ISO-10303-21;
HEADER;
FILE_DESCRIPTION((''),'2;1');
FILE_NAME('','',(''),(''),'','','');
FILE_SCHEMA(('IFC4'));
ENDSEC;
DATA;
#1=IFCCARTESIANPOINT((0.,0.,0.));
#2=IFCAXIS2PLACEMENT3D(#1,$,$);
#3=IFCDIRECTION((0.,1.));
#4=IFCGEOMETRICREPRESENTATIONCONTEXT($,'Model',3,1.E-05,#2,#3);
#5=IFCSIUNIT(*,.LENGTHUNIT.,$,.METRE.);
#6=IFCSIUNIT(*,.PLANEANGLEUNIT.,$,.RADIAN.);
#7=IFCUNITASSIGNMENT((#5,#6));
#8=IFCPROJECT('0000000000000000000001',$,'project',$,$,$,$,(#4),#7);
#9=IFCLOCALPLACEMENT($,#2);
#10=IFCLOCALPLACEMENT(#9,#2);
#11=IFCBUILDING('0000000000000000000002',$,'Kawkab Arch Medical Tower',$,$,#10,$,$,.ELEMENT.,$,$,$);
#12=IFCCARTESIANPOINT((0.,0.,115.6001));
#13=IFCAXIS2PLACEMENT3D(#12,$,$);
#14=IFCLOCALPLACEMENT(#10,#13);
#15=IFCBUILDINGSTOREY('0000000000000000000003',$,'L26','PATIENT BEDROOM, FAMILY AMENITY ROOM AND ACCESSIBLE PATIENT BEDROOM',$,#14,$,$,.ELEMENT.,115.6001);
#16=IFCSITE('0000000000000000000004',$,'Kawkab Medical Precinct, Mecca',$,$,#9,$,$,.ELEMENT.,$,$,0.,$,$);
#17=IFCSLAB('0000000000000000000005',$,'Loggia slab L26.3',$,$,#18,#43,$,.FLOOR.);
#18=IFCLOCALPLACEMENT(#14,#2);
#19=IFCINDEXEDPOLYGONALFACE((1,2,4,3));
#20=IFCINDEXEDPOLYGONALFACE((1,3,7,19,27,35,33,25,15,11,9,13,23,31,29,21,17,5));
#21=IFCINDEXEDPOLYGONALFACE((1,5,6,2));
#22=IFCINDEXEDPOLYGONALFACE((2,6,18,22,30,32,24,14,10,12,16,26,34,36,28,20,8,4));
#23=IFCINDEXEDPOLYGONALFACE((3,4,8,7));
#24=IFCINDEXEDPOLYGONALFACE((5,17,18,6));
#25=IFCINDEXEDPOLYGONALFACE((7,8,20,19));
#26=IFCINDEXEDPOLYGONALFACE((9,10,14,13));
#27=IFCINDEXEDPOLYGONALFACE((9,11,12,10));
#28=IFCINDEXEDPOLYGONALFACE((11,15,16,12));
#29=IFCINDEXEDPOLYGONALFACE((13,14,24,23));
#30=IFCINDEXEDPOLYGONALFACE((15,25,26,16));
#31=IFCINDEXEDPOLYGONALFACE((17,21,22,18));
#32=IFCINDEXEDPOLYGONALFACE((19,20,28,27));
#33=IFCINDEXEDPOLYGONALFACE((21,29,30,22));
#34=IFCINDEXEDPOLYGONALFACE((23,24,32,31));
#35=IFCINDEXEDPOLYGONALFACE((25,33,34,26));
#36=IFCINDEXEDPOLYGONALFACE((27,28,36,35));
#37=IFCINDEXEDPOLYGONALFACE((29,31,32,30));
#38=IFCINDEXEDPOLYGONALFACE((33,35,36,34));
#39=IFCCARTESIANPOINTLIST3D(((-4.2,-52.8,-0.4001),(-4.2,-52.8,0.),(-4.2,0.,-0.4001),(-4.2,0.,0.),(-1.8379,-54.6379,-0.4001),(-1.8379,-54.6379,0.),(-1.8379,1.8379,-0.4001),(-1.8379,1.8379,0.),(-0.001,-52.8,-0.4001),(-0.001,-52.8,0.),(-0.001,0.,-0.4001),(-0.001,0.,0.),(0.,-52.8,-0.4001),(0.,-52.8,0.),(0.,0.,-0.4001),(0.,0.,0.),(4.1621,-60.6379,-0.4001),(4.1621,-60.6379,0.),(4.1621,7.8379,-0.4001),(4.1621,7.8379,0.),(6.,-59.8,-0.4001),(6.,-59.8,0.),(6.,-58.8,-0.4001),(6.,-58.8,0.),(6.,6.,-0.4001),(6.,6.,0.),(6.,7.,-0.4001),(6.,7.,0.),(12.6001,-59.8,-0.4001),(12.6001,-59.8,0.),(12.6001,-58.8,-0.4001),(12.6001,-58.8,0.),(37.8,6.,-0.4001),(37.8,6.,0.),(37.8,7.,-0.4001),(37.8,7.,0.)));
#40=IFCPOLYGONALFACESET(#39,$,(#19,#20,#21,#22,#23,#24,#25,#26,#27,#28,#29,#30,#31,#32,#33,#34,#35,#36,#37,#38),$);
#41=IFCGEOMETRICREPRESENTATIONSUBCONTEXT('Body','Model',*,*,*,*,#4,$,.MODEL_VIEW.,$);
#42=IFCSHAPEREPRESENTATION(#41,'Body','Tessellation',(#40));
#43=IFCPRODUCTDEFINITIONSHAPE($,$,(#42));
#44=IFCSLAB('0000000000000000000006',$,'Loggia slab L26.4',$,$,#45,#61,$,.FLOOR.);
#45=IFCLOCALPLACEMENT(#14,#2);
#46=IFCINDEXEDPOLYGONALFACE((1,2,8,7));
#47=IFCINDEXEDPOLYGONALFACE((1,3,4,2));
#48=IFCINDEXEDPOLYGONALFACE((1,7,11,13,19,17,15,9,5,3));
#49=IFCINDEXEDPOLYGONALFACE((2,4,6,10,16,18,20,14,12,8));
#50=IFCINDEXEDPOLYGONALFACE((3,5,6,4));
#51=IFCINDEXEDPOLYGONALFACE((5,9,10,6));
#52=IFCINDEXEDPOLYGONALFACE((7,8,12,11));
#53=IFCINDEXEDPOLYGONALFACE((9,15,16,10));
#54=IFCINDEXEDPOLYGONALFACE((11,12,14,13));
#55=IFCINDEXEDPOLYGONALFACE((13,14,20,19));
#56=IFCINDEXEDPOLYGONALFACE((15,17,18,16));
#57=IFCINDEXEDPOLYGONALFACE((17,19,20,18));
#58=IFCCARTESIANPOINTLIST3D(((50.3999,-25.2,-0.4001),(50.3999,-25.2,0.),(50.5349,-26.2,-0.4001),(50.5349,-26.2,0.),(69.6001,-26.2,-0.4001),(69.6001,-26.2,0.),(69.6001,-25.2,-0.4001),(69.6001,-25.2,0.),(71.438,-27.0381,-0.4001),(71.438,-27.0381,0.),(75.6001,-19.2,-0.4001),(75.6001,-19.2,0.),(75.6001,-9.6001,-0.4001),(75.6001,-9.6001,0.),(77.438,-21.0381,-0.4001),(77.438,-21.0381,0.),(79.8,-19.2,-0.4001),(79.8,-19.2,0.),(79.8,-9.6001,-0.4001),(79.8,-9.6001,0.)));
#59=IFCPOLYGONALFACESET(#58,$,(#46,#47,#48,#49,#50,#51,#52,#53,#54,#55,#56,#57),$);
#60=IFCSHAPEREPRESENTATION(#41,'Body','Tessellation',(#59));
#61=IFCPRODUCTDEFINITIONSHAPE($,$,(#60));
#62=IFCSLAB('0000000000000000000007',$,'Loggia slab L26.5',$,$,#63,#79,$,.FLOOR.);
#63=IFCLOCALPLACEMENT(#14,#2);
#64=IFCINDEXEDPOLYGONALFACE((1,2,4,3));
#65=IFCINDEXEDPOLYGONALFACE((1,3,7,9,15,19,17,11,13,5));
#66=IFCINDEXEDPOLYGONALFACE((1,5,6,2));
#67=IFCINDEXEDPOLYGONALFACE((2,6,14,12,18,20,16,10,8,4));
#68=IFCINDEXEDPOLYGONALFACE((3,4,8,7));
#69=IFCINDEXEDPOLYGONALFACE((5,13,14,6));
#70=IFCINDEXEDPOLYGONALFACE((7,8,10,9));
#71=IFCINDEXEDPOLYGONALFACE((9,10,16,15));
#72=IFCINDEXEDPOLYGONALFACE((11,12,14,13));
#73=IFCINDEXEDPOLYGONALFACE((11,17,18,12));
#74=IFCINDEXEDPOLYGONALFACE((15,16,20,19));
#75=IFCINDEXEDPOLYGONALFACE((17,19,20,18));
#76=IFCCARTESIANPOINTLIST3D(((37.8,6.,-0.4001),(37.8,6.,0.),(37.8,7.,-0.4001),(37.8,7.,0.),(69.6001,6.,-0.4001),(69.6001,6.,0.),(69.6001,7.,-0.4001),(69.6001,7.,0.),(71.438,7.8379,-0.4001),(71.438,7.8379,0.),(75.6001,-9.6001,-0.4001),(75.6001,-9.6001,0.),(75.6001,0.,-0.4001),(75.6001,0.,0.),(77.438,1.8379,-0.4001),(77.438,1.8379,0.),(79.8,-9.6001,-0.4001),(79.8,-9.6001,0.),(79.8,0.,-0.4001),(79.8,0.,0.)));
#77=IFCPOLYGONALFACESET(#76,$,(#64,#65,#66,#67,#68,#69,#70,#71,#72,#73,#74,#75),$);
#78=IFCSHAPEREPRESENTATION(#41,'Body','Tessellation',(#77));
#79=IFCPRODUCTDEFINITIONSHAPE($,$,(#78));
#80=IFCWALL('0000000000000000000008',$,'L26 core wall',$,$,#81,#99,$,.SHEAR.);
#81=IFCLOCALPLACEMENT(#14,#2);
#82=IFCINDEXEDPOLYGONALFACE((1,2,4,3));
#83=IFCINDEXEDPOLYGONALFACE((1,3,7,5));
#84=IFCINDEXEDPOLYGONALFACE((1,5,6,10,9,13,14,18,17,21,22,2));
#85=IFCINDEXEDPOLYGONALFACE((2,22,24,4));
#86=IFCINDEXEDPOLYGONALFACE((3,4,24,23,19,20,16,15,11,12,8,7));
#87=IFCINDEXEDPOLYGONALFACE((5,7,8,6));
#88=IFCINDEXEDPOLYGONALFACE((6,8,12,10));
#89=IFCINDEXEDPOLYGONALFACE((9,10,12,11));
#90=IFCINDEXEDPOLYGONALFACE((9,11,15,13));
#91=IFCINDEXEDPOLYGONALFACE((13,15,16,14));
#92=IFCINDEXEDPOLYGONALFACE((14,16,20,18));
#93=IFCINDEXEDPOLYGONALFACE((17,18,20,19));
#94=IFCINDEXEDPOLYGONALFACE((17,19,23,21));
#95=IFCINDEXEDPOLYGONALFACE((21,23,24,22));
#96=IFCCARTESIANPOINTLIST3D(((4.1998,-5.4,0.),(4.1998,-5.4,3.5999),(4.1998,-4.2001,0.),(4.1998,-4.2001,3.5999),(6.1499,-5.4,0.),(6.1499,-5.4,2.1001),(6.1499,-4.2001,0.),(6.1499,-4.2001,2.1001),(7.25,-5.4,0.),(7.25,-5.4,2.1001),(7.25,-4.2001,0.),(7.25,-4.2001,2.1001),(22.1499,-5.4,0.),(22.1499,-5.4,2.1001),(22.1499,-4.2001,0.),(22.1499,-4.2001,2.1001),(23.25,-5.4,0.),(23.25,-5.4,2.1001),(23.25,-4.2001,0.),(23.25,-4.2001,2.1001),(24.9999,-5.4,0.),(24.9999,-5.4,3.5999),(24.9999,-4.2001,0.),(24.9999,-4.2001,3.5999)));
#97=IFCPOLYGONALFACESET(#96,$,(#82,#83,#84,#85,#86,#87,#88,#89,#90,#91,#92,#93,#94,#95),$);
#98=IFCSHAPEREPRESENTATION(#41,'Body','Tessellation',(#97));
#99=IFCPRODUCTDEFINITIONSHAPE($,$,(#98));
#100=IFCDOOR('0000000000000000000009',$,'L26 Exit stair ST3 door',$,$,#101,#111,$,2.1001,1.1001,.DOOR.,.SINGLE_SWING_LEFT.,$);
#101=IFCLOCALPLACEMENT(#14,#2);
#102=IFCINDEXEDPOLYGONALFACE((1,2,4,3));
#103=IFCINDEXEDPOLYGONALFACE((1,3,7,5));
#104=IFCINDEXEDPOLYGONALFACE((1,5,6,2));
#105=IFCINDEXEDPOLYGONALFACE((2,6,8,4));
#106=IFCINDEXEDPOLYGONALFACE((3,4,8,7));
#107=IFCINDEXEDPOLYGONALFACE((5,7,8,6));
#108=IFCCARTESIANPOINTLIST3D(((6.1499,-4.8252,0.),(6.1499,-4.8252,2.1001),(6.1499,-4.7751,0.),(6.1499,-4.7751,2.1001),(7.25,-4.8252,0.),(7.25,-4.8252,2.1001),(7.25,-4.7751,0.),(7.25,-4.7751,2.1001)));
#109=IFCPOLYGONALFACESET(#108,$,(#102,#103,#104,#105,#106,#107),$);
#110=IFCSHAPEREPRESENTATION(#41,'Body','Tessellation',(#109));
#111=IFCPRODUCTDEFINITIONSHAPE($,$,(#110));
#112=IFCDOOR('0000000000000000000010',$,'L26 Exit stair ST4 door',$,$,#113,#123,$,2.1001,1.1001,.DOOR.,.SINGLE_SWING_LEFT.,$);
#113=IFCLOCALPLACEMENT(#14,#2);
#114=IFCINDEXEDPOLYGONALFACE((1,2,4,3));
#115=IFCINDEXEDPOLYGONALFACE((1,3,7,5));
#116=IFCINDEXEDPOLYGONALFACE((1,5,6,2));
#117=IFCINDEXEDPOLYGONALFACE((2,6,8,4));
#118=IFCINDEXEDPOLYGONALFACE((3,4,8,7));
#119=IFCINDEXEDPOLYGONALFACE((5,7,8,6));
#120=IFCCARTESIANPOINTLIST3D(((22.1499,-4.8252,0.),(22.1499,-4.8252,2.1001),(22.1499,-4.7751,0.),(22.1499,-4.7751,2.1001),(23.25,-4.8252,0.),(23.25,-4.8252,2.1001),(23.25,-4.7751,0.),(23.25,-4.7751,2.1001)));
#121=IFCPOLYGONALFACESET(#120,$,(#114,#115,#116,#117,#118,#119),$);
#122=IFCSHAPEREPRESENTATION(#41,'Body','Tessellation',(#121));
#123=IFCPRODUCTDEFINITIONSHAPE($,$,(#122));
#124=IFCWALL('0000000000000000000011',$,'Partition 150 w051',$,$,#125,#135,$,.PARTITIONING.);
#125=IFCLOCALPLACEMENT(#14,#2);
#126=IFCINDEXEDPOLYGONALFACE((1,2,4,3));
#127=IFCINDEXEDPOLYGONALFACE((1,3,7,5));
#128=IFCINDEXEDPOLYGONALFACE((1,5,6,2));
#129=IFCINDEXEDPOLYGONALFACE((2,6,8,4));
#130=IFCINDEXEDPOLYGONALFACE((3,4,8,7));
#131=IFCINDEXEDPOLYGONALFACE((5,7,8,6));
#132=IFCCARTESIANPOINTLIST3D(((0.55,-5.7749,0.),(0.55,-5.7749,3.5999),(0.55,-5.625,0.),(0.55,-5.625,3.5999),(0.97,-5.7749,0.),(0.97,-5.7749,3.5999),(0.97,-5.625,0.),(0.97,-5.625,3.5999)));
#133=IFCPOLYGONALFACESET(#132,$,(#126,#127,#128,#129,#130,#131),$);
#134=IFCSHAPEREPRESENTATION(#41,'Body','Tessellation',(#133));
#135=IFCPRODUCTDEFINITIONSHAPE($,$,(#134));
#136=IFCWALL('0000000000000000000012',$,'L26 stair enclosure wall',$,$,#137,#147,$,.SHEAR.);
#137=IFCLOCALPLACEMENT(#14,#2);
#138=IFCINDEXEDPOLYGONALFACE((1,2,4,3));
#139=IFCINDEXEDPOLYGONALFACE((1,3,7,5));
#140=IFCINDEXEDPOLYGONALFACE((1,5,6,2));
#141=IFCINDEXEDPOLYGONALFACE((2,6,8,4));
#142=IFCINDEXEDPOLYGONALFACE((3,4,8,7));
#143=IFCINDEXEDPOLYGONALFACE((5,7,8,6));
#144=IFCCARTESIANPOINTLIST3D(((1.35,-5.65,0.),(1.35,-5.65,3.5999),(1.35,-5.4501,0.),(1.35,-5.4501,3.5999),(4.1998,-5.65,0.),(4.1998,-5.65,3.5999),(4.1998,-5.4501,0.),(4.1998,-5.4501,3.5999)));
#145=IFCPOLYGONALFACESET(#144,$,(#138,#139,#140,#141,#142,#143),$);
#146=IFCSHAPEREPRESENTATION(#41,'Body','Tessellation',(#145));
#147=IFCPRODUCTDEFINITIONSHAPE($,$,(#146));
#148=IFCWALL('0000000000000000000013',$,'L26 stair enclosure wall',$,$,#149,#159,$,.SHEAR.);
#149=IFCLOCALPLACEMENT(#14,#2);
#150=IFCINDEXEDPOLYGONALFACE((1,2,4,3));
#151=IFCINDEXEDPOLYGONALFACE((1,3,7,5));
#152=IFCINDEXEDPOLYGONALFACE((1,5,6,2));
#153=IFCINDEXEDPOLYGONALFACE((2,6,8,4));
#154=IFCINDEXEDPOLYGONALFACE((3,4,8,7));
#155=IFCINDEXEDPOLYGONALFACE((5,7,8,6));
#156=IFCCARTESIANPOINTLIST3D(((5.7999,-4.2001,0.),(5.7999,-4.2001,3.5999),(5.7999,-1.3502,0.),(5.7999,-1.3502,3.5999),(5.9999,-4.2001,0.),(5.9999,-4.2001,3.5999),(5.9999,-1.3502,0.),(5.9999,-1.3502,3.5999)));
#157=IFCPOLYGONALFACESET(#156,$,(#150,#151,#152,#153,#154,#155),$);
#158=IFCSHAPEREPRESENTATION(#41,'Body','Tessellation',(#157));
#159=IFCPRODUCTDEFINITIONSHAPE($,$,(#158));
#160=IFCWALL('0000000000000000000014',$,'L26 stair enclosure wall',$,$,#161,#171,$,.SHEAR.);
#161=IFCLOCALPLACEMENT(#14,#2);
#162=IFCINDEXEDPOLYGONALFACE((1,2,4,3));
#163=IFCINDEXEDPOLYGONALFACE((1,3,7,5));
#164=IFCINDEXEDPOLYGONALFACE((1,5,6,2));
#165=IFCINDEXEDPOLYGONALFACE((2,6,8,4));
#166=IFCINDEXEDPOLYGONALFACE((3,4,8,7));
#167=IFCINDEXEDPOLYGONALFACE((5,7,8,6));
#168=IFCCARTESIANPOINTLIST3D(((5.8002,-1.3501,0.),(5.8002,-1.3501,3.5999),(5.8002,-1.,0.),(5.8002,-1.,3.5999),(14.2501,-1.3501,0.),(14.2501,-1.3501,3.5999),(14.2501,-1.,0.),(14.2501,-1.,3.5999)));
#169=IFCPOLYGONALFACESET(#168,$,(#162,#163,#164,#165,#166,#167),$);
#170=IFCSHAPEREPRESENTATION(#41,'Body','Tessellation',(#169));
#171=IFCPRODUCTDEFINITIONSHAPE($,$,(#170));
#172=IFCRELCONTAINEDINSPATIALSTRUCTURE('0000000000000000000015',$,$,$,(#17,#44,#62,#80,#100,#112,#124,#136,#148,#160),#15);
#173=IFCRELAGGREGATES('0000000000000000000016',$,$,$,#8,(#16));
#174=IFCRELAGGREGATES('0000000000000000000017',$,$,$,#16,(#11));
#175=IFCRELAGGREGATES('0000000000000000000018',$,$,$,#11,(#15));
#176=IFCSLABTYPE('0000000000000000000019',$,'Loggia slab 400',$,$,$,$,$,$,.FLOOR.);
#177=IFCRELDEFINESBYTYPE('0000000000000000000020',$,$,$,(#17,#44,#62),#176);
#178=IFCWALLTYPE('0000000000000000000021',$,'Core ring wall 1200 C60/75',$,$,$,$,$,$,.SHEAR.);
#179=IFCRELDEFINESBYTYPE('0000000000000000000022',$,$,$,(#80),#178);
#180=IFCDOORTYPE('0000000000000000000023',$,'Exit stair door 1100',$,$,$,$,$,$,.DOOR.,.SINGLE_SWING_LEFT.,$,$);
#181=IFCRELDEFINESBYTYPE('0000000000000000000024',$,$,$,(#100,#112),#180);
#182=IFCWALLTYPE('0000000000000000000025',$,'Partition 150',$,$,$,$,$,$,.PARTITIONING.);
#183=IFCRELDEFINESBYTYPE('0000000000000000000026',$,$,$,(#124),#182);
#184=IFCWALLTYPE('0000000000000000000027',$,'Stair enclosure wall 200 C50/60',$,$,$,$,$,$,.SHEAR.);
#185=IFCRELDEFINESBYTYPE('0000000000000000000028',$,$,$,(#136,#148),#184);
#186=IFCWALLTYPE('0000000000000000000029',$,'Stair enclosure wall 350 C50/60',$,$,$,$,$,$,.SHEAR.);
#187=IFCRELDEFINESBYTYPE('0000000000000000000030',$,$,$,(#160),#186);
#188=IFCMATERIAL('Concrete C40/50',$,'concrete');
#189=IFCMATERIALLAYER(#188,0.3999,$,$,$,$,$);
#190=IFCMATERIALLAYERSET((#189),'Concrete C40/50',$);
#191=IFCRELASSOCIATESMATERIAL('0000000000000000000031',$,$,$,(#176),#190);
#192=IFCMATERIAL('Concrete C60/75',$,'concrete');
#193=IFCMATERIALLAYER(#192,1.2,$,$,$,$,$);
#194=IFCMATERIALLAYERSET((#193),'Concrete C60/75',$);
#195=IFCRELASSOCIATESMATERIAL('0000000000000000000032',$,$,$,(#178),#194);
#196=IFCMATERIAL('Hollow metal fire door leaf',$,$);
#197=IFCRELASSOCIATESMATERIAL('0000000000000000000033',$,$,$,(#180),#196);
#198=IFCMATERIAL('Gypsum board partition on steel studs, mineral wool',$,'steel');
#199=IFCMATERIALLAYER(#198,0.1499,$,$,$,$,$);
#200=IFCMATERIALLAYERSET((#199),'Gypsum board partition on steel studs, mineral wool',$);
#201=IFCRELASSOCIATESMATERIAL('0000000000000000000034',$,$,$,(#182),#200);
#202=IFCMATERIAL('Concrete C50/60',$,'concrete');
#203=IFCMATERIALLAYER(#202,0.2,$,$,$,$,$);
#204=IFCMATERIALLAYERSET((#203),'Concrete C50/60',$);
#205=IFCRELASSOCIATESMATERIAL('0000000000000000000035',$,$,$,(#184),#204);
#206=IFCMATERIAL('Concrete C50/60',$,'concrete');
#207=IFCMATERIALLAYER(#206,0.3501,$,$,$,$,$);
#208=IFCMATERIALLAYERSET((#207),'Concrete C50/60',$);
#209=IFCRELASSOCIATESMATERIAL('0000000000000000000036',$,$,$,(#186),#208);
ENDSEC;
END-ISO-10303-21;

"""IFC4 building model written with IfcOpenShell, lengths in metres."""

from ifc_helpers import new_model, si_unit, direction, frame, frame_2d, origin, place, context, subcontext, project, spatial, polyline, rectangle, outline, extrude, material, layer, layer_set, type_object, element, fill, save


model = new_model("IFC4")

# Units and contexts
model_context = context("Model", 3, precision=1e-05, world=origin(), true_north=direction((0.0, 1.0)))
body_context = subcontext(model_context, "Body", "Model", "MODEL_VIEW")
ifc_project = project(units=[si_unit("LENGTHUNIT", "METRE"), si_unit("PLANEANGLEUNIT", "RADIAN")], contexts=[model_context])

# Site, building, storey
site_placement = place(None, origin())
site = spatial("IfcSite", under=ifc_project, at=site_placement, Name="Kawkab Medical Precinct, Mecca", CompositionType="ELEMENT", RefElevation=0.0)
building_placement = place(site_placement, origin())
building = spatial("IfcBuilding", under=site, at=building_placement, Name="Kawkab Arch Medical Tower", CompositionType="ELEMENT")
storey_placement = place(building_placement, frame((0.0, 0.0, 115.6001)))
storey = spatial("IfcBuildingStorey", under=building, at=storey_placement, Name="L26", Description="PATIENT BEDROOM, FAMILY AMENITY ROOM AND ACCESSIBLE PATIENT BEDROOM", CompositionType="ELEMENT", Elevation=115.6001)

# Slabs
ifc_material_1 = material(Name="Concrete C40/50", Category="concrete")
ifc_layer_1 = layer(ifc_material_1, 0.3999)
ifc_layer_set_1 = layer_set([ifc_layer_1], Name="Concrete C40/50")
slab_type_1 = type_object("IfcSlabType", Name="Loggia slab 400", PredefinedType="FLOOR", material=ifc_layer_set_1)
placement_1 = place(storey_placement, frame((0.0, 0.0, -0.4001)))
element("IfcSlab", 1, at=placement_1, inside=storey, type_object=slab_type_1, Name="Loggia slab L26.3", PredefinedType="FLOOR", context=body_context, shape_type="SweptSolid", body=[
    extrude(outline(polyline([(-4.2, 0.0), (-1.8379, 1.8379), (4.1621, 7.8379), (6.0, 7.0), (37.8, 7.0), (37.8, 6.0), (6.0, 6.0), (0.0, 0.0), (-0.001, 0.0), (-0.001, -52.8), (0.0, -52.8), (6.0, -58.8), (12.6001, -58.8), (12.6001, -59.8), (6.0, -59.8), (4.1621, -60.6379), (-1.8379, -54.6379), (-4.2, -52.8), (-4.2, 0.0)])), origin(), (0.0, 0.0, 1.0), 0.4001),
])
element("IfcSlab", 2, at=placement_1, inside=storey, type_object=slab_type_1, Name="Loggia slab L26.4", PredefinedType="FLOOR", context=body_context, shape_type="SweptSolid", body=[
    extrude(outline(polyline([(77.438, -21.0381), (71.438, -27.0381), (69.6001, -26.2), (50.5349, -26.2), (50.3999, -25.2), (69.6001, -25.2), (75.6001, -19.2), (75.6001, -9.6001), (79.8, -9.6001), (79.8, -19.2), (77.438, -21.0381)])), origin(), (0.0, 0.0, 1.0), 0.4001),
])
element("IfcSlab", 3, at=placement_1, inside=storey, type_object=slab_type_1, Name="Loggia slab L26.5", PredefinedType="FLOOR", context=body_context, shape_type="SweptSolid", body=[
    extrude(outline(polyline([(71.438, 7.8379), (77.438, 1.8379), (79.8, 0.0), (79.8, -9.6001), (75.6001, -9.6001), (75.6001, 0.0), (69.6001, 6.0), (37.8, 6.0), (37.8, 7.0), (69.6001, 7.0), (71.438, 7.8379)])), origin(), (0.0, 0.0, 1.0), 0.4001),
])

# Wall, openings, doors
ifc_material_2 = material(Name="Concrete C60/75", Category="concrete")
ifc_layer_2 = layer(ifc_material_2, 1.2)
ifc_layer_set_2 = layer_set([ifc_layer_2], Name="Concrete C60/75")
wall_type_1 = type_object("IfcWallType", Name="Core ring wall 1200 C60/75", PredefinedType="SHEAR", material=ifc_layer_set_2)
wall_1_placement = place(storey_placement, frame((4.2, -4.8, 0.0), z_axis=(0.0, 0.0, 1.0), x_axis=(1.0, 0.0, 0.0)))
wall_1 = element("IfcWall", 4, at=wall_1_placement, inside=storey, type_object=wall_type_1, Name="L26 core wall", PredefinedType="SHEAR", context=body_context, shape_type="SweptSolid", body=[
    extrude(rectangle(XDim=20.8, YDim=1.2, at=frame_2d((10.3999, 0.0))), origin(), (0.0, 0.0, 1.0), 3.5999),
])
opening_1_placement = place(wall_1_placement, frame((1.95, 0.0, 0.0)))
opening_1 = element("IfcOpeningElement", 5, at=opening_1_placement, cuts=wall_1, PredefinedType="OPENING", context=body_context, shape_type="SweptSolid", body=[
    extrude(rectangle(XDim=1.1001, YDim=2.1001, at=frame_2d((0.55, 1.05))), frame((0.0, 0.6099, 0.0), z_axis=(0.0, -1.0, 0.0), x_axis=(1.0, 0.0, 0.0)), (0.0, 0.0, 1.0), 1.22),
])
opening_2_placement = place(wall_1_placement, frame((17.95, 0.0, 0.0)))
opening_2 = element("IfcOpeningElement", 6, at=opening_2_placement, cuts=wall_1, PredefinedType="OPENING", context=body_context, shape_type="SweptSolid", body=[
    extrude(rectangle(XDim=1.1001, YDim=2.1001, at=frame_2d((0.55, 1.05))), frame((0.0, 0.6099, 0.0), z_axis=(0.0, -1.0, 0.0), x_axis=(1.0, 0.0, 0.0)), (0.0, 0.0, 1.0), 1.22),
])
ifc_material_3 = material(Name="Hollow metal fire door leaf")
door_type = type_object("IfcDoorType", Name="Exit stair door 1100", OperationType="SINGLE_SWING_LEFT", PredefinedType="DOOR", material=ifc_material_3)
door_1_placement = place(opening_1_placement, origin())
door_1 = element("IfcDoor", 7, at=door_1_placement, inside=storey, type_object=door_type, Name="L26 Exit stair ST3 door", OperationType="SINGLE_SWING_LEFT", OverallHeight=2.1001, OverallWidth=1.1001, PredefinedType="DOOR", context=body_context, shape_type="SweptSolid", body=[
    extrude(rectangle(XDim=1.1001, YDim=2.1001, at=frame_2d((0.55, 1.05))), frame((0.0, 0.0249, 0.0), z_axis=(0.0, -1.0, 0.0), x_axis=(1.0, 0.0, 0.0)), (0.0, 0.0, 1.0), 0.05),
])
fill(opening_1, door_1)
door_2_placement = place(opening_2_placement, origin())
door_2 = element("IfcDoor", 8, at=door_2_placement, inside=storey, type_object=door_type, Name="L26 Exit stair ST4 door", OperationType="SINGLE_SWING_LEFT", OverallHeight=2.1001, OverallWidth=1.1001, PredefinedType="DOOR", context=body_context, shape_type="SweptSolid", body=[
    extrude(rectangle(XDim=1.1001, YDim=2.1001, at=frame_2d((0.55, 1.05))), frame((0.0, 0.0249, 0.0), z_axis=(0.0, -1.0, 0.0), x_axis=(1.0, 0.0, 0.0)), (0.0, 0.0, 1.0), 0.05),
])
fill(opening_2, door_2)

# Walls
ifc_material_4 = material(Name="Gypsum board partition on steel studs, mineral wool", Category="steel")
ifc_layer_3 = layer(ifc_material_4, 0.1499)
ifc_layer_set_3 = layer_set([ifc_layer_3], Name="Gypsum board partition on steel studs, mineral wool")
wall_type_2 = type_object("IfcWallType", Name="Partition 150", PredefinedType="PARTITIONING", material=ifc_layer_set_3)
wall_2_placement = place(storey_placement, frame((0.55, -5.7, 0.0), z_axis=(0.0, 0.0, 1.0), x_axis=(1.0, 0.0, 0.0)))
element("IfcWall", 9, at=wall_2_placement, inside=storey, type_object=wall_type_2, Name="Partition 150 w051", PredefinedType="PARTITIONING", context=body_context, shape_type="SweptSolid", body=[
    extrude(rectangle(XDim=0.4199, YDim=0.1499, at=frame_2d((0.21, 0.0))), origin(), (0.0, 0.0, 1.0), 3.5999),
])
ifc_material_5 = material(Name="Concrete C50/60", Category="concrete")
ifc_layer_4 = layer(ifc_material_5, 0.2)
ifc_layer_set_4 = layer_set([ifc_layer_4], Name="Concrete C50/60")
wall_type_3 = type_object("IfcWallType", Name="Stair enclosure wall 200 C50/60", PredefinedType="SHEAR", material=ifc_layer_set_4)
for number, where, z_axis, x_axis, name in (
    (10, (1.3501, -5.55, 0.0), (0.0, 0.0, 1.0), (1.0, 0.0, 0.0), "L26 stair enclosure wall"),
    (11, (5.8999, -4.2, 0.0), (0.0, 0.0, 1.0), (0.0, 1.0, 0.0), "L26 stair enclosure wall"),
):
    element("IfcWall", number, at=place(storey_placement, frame(where, z_axis=z_axis, x_axis=x_axis)), inside=storey, type_object=wall_type_3, Name=name, PredefinedType="SHEAR", context=body_context, shape_type="SweptSolid", body=[
        extrude(rectangle(XDim=2.8499, YDim=0.2, at=frame_2d((1.4248, 0.0))), origin(), (0.0, 0.0, 1.0), 3.5999),
    ])
ifc_material_6 = material(Name="Concrete C50/60", Category="concrete")
ifc_layer_5 = layer(ifc_material_6, 0.3501)
ifc_layer_set_5 = layer_set([ifc_layer_5], Name="Concrete C50/60")
wall_type_4 = type_object("IfcWallType", Name="Stair enclosure wall 350 C50/60", PredefinedType="SHEAR", material=ifc_layer_set_5)
wall_3_placement = place(storey_placement, frame((5.8, -1.175, 0.0), z_axis=(0.0, 0.0, 1.0), x_axis=(1.0, 0.0, 0.0)))
element("IfcWall", 12, at=wall_3_placement, inside=storey, type_object=wall_type_4, Name="L26 stair enclosure wall", PredefinedType="SHEAR", context=body_context, shape_type="SweptSolid", body=[
    extrude(rectangle(XDim=8.45, YDim=0.3501, at=frame_2d((4.2251, 0.0))), origin(), (0.0, 0.0, 1.0), 3.5999),
])

save(model, "model.ifc")
